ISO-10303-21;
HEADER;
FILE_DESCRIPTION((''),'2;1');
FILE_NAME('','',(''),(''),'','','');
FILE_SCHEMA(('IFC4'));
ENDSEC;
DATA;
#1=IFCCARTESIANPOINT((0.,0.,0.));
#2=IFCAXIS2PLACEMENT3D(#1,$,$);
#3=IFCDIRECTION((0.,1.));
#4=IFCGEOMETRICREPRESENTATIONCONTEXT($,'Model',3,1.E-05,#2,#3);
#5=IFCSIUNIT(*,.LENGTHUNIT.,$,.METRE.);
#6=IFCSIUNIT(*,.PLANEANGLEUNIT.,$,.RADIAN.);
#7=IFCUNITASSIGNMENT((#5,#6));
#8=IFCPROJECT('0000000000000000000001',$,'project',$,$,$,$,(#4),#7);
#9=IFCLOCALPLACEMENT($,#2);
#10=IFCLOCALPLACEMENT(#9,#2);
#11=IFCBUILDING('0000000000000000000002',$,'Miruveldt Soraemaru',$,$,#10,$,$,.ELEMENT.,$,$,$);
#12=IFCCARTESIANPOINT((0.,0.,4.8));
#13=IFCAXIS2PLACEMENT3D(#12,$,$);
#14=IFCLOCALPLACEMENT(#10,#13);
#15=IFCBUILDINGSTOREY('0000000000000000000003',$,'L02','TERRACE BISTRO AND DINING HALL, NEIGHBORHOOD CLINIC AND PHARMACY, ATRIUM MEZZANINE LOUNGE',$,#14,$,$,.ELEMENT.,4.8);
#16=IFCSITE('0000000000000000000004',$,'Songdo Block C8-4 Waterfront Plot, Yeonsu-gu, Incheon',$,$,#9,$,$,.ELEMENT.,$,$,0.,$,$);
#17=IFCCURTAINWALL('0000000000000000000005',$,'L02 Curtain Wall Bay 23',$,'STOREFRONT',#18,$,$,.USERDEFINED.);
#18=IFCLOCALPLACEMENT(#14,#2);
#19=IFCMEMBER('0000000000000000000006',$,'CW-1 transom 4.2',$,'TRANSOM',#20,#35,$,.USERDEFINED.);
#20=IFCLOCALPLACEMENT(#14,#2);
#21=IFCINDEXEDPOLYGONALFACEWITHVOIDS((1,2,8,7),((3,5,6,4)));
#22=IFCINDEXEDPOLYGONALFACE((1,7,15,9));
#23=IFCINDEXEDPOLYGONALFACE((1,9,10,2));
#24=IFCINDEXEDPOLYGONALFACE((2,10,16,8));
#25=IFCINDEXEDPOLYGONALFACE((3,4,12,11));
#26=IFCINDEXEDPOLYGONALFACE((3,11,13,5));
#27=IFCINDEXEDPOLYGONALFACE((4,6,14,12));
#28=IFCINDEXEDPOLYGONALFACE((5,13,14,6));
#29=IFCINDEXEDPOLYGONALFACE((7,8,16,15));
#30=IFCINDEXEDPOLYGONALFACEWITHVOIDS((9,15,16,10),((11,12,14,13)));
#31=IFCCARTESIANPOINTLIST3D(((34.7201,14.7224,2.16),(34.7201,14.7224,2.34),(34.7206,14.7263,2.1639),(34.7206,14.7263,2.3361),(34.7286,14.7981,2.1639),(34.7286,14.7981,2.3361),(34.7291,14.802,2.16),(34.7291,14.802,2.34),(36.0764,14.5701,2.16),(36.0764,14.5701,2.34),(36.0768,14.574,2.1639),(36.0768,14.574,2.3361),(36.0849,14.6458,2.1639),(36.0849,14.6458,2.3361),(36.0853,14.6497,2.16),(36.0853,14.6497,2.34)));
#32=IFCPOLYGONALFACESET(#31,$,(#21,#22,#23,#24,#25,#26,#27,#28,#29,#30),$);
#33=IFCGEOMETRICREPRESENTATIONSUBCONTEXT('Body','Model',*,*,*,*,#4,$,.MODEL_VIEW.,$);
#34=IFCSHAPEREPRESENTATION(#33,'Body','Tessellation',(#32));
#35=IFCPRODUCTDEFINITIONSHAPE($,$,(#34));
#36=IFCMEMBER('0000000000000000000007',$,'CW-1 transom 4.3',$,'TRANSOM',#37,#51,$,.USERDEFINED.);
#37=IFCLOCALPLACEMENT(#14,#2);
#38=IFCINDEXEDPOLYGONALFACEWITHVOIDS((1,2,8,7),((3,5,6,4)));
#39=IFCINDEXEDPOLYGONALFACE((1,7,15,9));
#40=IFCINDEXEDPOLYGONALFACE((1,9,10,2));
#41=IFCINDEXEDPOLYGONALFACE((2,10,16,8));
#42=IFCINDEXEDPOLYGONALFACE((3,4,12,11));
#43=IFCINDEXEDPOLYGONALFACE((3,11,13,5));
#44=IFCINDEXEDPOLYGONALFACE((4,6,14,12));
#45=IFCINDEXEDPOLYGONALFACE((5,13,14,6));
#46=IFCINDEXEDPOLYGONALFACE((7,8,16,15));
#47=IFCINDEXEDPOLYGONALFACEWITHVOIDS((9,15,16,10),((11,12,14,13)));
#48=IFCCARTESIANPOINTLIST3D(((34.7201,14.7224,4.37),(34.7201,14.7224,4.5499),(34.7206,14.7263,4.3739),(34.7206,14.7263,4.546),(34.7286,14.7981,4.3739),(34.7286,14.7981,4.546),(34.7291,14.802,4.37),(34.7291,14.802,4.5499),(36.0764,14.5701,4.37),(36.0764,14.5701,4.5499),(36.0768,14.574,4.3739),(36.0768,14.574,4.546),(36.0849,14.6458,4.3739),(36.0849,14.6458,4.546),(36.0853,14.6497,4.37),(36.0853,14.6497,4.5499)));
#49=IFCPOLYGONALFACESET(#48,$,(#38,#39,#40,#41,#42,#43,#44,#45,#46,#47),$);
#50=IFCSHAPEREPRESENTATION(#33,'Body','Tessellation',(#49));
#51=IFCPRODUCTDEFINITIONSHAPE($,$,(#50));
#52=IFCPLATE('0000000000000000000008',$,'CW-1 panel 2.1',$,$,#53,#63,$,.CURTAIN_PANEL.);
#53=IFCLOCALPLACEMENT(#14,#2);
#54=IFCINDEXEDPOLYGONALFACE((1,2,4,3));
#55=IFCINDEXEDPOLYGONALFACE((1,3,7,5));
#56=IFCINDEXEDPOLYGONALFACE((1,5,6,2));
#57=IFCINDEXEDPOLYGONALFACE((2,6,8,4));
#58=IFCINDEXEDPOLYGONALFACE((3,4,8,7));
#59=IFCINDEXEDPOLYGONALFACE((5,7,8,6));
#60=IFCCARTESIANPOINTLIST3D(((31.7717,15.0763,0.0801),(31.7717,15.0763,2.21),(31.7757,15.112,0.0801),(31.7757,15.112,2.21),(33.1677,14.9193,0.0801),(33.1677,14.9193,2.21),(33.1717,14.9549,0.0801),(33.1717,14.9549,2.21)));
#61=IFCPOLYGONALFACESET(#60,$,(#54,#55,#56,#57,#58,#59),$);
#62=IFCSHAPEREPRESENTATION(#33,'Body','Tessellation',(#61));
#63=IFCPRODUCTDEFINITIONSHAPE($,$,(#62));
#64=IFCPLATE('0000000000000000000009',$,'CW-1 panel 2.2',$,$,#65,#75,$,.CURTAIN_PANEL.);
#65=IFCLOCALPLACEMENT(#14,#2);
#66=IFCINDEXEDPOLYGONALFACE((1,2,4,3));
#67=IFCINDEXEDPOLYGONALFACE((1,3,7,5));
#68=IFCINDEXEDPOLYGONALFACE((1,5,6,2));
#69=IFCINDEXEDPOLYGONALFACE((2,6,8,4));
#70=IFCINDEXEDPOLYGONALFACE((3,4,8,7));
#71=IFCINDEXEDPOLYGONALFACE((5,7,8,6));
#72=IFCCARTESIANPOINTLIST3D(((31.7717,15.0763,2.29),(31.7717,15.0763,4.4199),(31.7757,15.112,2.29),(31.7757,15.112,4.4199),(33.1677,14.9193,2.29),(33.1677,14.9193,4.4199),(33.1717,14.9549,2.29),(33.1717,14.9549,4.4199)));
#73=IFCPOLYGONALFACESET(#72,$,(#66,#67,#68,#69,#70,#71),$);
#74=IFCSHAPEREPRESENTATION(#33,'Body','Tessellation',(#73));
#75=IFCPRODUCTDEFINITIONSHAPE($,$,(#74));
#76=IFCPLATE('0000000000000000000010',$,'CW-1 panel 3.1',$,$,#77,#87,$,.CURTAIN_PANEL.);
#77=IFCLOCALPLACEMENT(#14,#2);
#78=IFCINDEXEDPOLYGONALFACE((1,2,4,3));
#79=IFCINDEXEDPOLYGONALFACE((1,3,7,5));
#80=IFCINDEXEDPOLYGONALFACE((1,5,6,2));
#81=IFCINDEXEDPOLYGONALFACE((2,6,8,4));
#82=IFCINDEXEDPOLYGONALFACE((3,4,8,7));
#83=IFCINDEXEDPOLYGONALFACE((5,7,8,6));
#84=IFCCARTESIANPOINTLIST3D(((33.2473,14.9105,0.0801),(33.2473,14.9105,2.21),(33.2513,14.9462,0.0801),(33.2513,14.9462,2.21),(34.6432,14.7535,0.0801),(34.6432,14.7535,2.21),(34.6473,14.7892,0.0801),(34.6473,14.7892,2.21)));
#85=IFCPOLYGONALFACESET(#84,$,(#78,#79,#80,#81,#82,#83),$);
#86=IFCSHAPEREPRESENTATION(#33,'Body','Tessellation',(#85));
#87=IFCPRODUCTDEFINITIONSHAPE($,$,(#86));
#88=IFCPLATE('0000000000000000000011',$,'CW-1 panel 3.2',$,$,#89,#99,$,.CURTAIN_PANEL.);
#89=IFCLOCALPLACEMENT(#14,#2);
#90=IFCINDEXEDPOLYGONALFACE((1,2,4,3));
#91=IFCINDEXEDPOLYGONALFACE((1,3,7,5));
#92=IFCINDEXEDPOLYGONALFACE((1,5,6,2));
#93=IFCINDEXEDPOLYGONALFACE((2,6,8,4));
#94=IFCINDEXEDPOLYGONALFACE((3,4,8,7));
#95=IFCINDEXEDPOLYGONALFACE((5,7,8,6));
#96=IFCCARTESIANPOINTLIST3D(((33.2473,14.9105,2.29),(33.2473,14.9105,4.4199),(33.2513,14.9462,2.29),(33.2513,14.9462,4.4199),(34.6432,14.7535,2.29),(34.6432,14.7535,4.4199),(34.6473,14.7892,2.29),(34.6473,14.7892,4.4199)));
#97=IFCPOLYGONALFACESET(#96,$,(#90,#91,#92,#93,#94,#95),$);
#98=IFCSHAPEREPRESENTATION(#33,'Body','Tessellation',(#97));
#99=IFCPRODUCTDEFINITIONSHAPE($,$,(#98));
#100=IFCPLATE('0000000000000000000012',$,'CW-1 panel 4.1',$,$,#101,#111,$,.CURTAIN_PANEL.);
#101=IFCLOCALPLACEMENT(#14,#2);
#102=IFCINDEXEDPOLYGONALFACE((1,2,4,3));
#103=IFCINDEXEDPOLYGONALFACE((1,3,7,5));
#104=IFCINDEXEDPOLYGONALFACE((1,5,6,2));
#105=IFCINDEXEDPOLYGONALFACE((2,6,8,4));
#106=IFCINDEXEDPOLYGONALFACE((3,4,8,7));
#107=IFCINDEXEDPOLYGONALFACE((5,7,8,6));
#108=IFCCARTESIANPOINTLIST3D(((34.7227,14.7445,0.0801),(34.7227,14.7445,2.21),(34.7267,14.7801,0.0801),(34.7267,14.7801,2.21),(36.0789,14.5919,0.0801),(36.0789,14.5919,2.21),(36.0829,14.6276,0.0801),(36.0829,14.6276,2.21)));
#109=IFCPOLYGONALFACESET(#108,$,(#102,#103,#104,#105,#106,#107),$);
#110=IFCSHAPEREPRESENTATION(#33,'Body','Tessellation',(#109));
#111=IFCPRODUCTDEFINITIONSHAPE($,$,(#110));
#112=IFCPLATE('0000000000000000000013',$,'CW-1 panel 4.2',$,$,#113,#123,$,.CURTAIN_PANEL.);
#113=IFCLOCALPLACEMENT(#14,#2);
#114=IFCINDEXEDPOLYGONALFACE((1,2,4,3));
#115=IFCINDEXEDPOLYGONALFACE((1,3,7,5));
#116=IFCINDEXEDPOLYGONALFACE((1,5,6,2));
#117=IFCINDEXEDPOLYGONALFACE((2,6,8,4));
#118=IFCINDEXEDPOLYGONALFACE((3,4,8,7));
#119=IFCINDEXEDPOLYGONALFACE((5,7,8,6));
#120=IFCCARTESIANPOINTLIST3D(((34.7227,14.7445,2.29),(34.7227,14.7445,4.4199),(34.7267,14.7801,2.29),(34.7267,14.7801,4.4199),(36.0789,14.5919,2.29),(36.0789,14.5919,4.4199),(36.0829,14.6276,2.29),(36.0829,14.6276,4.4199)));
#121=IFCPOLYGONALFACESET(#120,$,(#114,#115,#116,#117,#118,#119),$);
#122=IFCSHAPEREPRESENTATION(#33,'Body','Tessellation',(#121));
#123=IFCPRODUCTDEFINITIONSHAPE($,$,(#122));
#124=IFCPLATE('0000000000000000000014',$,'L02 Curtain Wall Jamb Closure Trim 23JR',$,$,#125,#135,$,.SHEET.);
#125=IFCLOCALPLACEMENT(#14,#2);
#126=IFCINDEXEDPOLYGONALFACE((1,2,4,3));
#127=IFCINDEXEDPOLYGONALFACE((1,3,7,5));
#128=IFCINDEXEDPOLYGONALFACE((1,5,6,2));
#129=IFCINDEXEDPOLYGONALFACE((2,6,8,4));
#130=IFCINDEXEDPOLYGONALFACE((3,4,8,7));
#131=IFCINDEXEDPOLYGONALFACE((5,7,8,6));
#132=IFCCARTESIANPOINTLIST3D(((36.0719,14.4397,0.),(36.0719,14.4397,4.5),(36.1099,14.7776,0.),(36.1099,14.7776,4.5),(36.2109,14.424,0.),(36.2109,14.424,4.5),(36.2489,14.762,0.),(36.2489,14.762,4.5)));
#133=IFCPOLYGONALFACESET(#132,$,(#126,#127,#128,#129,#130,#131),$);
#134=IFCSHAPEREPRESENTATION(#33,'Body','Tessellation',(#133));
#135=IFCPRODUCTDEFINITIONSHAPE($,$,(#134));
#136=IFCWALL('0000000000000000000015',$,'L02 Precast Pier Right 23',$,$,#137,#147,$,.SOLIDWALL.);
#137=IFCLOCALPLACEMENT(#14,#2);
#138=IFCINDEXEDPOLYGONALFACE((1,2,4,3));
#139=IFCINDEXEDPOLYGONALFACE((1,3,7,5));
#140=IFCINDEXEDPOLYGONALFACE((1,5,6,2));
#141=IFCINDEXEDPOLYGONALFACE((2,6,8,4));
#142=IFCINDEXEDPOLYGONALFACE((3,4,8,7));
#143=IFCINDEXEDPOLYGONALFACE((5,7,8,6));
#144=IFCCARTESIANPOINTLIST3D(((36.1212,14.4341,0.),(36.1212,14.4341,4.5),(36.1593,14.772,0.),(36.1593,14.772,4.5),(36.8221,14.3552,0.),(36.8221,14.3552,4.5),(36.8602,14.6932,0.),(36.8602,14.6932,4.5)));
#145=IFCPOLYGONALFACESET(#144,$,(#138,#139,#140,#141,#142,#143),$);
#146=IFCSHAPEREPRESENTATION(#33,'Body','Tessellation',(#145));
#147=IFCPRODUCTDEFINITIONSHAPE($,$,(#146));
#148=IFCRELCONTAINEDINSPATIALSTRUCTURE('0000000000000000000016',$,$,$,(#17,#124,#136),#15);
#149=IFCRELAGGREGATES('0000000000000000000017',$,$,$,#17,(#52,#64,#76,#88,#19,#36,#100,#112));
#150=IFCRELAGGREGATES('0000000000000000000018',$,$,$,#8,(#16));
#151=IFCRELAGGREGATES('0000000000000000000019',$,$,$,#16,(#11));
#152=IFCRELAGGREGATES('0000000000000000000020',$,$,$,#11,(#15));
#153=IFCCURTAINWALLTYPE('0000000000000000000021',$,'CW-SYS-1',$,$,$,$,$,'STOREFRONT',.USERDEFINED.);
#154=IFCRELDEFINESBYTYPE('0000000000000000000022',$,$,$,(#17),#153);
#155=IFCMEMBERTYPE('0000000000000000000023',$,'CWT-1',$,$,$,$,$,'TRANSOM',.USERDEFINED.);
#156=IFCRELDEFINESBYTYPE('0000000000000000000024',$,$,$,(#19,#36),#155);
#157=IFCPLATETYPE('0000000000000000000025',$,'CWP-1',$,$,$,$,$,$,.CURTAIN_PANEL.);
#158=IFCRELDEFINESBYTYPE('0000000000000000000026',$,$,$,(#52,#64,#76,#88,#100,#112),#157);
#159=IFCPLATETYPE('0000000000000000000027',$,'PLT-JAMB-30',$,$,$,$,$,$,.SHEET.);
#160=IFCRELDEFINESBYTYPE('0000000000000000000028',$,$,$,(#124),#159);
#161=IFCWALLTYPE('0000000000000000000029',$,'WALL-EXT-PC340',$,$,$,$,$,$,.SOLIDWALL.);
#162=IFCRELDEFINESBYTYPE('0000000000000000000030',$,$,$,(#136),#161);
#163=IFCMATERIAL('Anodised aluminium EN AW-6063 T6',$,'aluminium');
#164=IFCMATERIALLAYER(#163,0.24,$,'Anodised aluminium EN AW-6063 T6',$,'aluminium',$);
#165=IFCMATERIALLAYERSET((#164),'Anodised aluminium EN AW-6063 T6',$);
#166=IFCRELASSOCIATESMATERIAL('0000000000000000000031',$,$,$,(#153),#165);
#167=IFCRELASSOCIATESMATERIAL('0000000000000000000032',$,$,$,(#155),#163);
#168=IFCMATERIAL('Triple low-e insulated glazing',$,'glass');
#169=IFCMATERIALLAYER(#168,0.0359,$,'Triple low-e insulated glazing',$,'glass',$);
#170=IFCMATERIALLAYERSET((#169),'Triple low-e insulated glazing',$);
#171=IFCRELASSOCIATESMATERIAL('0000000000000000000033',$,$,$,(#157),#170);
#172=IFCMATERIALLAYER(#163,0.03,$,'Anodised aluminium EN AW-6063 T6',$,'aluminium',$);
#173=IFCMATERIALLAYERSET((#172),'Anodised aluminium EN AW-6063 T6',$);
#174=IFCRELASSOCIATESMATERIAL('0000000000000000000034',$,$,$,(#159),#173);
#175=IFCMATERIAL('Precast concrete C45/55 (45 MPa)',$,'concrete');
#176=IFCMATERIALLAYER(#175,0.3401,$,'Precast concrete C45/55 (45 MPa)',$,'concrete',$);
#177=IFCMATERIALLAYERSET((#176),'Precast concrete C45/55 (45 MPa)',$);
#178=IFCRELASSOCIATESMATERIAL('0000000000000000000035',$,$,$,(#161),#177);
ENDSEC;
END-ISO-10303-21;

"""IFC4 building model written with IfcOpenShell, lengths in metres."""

from ifc_helpers import new_model, si_unit, direction, frame, frame_2d, origin, origin_2d, place, context, subcontext, project, spatial, rectangle, hollow_rectangle, extrude, material, layer, layer_set, material_profile, profile_set, type_object, element, aggregate, save


model = new_model("IFC4")

# Units and contexts
model_context = context("Model", 3, precision=1e-05, world=origin(), true_north=direction((0.0, 1.0)))
body_context = subcontext(model_context, "Body", "Model", "MODEL_VIEW")
ifc_project = project(units=[si_unit("LENGTHUNIT", "METRE"), si_unit("PLANEANGLEUNIT", "RADIAN")], contexts=[model_context])

# Site, building, storey
site_placement = place(None, origin())
site = spatial("IfcSite", under=ifc_project, at=site_placement, Name="Songdo Block C8-4 Waterfront Plot, Yeonsu-gu, Incheon", CompositionType="ELEMENT", RefElevation=0.0)
building_placement = place(site_placement, origin())
building = spatial("IfcBuilding", under=site, at=building_placement, Name="Miruveldt Soraemaru", CompositionType="ELEMENT")
storey_placement = place(building_placement, frame((0.0, 0.0, 4.8)))
storey = spatial("IfcBuildingStorey", under=building, at=storey_placement, Name="L02", Description="TERRACE BISTRO AND DINING HALL, NEIGHBORHOOD CLINIC AND PHARMACY, ATRIUM MEZZANINE LOUNGE", CompositionType="ELEMENT", Elevation=4.8)

# Curtain wall, members, plates
ifc_material_1 = material(Name="Anodised aluminium EN AW-6063 T6", Category="aluminium")
ifc_layer_1 = layer(ifc_material_1, 0.24, Name="Anodised aluminium EN AW-6063 T6", Category="aluminium")
ifc_layer_set_1 = layer_set([ifc_layer_1], Name="Anodised aluminium EN AW-6063 T6")
curtain_wall_type = type_object("IfcCurtainWallType", Name="CW-SYS-1", ElementType="STOREFRONT", PredefinedType="USERDEFINED", material=ifc_layer_set_1)
curtain_wall_placement = place(storey_placement, origin())
curtain_wall = element("IfcCurtainWall", 1, at=curtain_wall_placement, inside=storey, type_object=curtain_wall_type, Name="L02 Curtain Wall Bay 23", ObjectType="STOREFRONT", PredefinedType="USERDEFINED")
ifc_material_profile_1 = material_profile(ifc_material_1, hollow_rectangle(XDim=0.0801, YDim=0.1799, WallThickness=0.0039, at=origin_2d()), Name="Anodised aluminium EN AW-6063 T6", Category="aluminium")
ifc_profile_set_1 = profile_set([ifc_material_profile_1], Name="Anodised aluminium EN AW-6063 T6")
member_type_1 = type_object("IfcMemberType", Name="CWT-1", ElementType="TRANSOM", PredefinedType="USERDEFINED", material=ifc_profile_set_1)
member_1_placement = place(storey_placement, frame((34.7246, 14.7622, 2.25), z_axis=(0.99375, -0.111629, 0.0), x_axis=(0.111629, 0.99375, 0.0)))
member_1 = element("IfcMember", 2, at=member_1_placement, type_object=member_type_1, Name="CW-1 transom 4.2", ObjectType="TRANSOM", PredefinedType="USERDEFINED", context=body_context, shape_type="SweptSolid", body=[
    extrude(hollow_rectangle(XDim=0.0801, YDim=0.1799, WallThickness=0.0039, at=origin_2d()), origin(), (0.0, 0.0, 1.0), 1.3647),
])
member_2_placement = place(storey_placement, frame((34.7246, 14.7622, 4.46), z_axis=(0.99375, -0.111629, 0.0), x_axis=(0.111629, 0.99375, 0.0)))
member_2 = element("IfcMember", 3, at=member_2_placement, type_object=member_type_1, Name="CW-1 transom 4.3", ObjectType="TRANSOM", PredefinedType="USERDEFINED", context=body_context, shape_type="SweptSolid", body=[
    extrude(hollow_rectangle(XDim=0.0801, YDim=0.1799, WallThickness=0.0039, at=origin_2d()), origin(), (0.0, 0.0, 1.0), 1.3647),
])
ifc_material_2 = material(Name="Triple low-e insulated glazing", Category="glass")
ifc_layer_2 = layer(ifc_material_2, 0.0359, Name="Triple low-e insulated glazing", Category="glass")
ifc_layer_set_2 = layer_set([ifc_layer_2], Name="Triple low-e insulated glazing")
plate_type_1 = type_object("IfcPlateType", Name="CWP-1", PredefinedType="CURTAIN_PANEL", material=ifc_layer_set_2)
plate_1_placement = place(storey_placement, frame((32.4717, 15.0156, 0.0801), z_axis=(0.0, 0.0, 1.0), x_axis=(0.993732, -0.111786, 0.0)))
plate_1 = element("IfcPlate", 4, at=plate_1_placement, type_object=plate_type_1, Name="CW-1 panel 2.1", PredefinedType="CURTAIN_PANEL", context=body_context, shape_type="SweptSolid", body=[
    extrude(rectangle(XDim=1.4048, YDim=0.0359, at=origin_2d()), origin(), (0.0, 0.0, 1.0), 2.1299),
])
plate_2_placement = place(storey_placement, frame((32.4717, 15.0156, 2.29), z_axis=(0.0, 0.0, 1.0), x_axis=(0.993732, -0.111786, 0.0)))
plate_2 = element("IfcPlate", 5, at=plate_2_placement, type_object=plate_type_1, Name="CW-1 panel 2.2", PredefinedType="CURTAIN_PANEL", context=body_context, shape_type="SweptSolid", body=[
    extrude(rectangle(XDim=1.4048, YDim=0.0359, at=origin_2d()), origin(), (0.0, 0.0, 1.0), 2.1299),
])
plate_3_placement = place(storey_placement, frame((33.9473, 14.8499, 0.0801), z_axis=(0.0, 0.0, 1.0), x_axis=(0.993732, -0.111786, 0.0)))
plate_3 = element("IfcPlate", 6, at=plate_3_placement, type_object=plate_type_1, Name="CW-1 panel 3.1", PredefinedType="CURTAIN_PANEL", context=body_context, shape_type="SweptSolid", body=[
    extrude(rectangle(XDim=1.4048, YDim=0.0359, at=origin_2d()), origin(), (0.0, 0.0, 1.0), 2.1299),
])
plate_4_placement = place(storey_placement, frame((33.9473, 14.8499, 2.29), z_axis=(0.0, 0.0, 1.0), x_axis=(0.993732, -0.111786, 0.0)))
plate_4 = element("IfcPlate", 7, at=plate_4_placement, type_object=plate_type_1, Name="CW-1 panel 3.2", PredefinedType="CURTAIN_PANEL", context=body_context, shape_type="SweptSolid", body=[
    extrude(rectangle(XDim=1.4048, YDim=0.0359, at=origin_2d()), origin(), (0.0, 0.0, 1.0), 2.1299),
])
plate_5_placement = place(storey_placement, frame((35.4028, 14.686, 0.0801), z_axis=(0.0, 0.0, 1.0), x_axis=(0.993732, -0.111786, 0.0)))
plate_5 = element("IfcPlate", 8, at=plate_5_placement, type_object=plate_type_1, Name="CW-1 panel 4.1", PredefinedType="CURTAIN_PANEL", context=body_context, shape_type="SweptSolid", body=[
    extrude(rectangle(XDim=1.3647, YDim=0.0359, at=origin_2d()), origin(), (0.0, 0.0, 1.0), 2.1299),
])
plate_6_placement = place(storey_placement, frame((35.4028, 14.686, 2.29), z_axis=(0.0, 0.0, 1.0), x_axis=(0.993732, -0.111786, 0.0)))
plate_6 = element("IfcPlate", 9, at=plate_6_placement, type_object=plate_type_1, Name="CW-1 panel 4.2", PredefinedType="CURTAIN_PANEL", context=body_context, shape_type="SweptSolid", body=[
    extrude(rectangle(XDim=1.3647, YDim=0.0359, at=origin_2d()), origin(), (0.0, 0.0, 1.0), 2.1299),
])
aggregate(curtain_wall, [plate_1, plate_2, plate_3, plate_4, member_1, member_2, plate_5, plate_6])

# Plate
ifc_layer_3 = layer(ifc_material_1, 0.03, Name="Anodised aluminium EN AW-6063 T6", Category="aluminium")
ifc_layer_set_3 = layer_set([ifc_layer_3], Name="Anodised aluminium EN AW-6063 T6")
plate_type_2 = type_object("IfcPlateType", Name="PLT-JAMB-30", PredefinedType="SHEET", material=ifc_layer_set_3)
plate_7_placement = place(storey_placement, frame((36.1604, 14.6008, 0.0), z_axis=(0.0, 0.0, 1.0), x_axis=(0.993731, -0.111798, 0.0)))
element("IfcPlate", 10, at=plate_7_placement, inside=storey, type_object=plate_type_2, Name="L02 Curtain Wall Jamb Closure Trim 23JR", PredefinedType="SHEET", context=body_context, shape_type="SweptSolid", body=[
    extrude(rectangle(XDim=0.1399, YDim=0.3401, at=origin_2d()), origin(), (0.0, 0.0, 1.0), 4.5),
])

# Wall
ifc_material_3 = material(Name="Precast concrete C45/55 (45 MPa)", Category="concrete")
ifc_layer_4 = layer(ifc_material_3, 0.3401, Name="Precast concrete C45/55 (45 MPa)", Category="concrete")
ifc_layer_set_4 = layer_set([ifc_layer_4], Name="Precast concrete C45/55 (45 MPa)")
wall_type = type_object("IfcWallType", Name="WALL-EXT-PC340", PredefinedType="SOLIDWALL", material=ifc_layer_set_4)
wall_1_placement = place(storey_placement, frame((36.1404, 14.603, 0.0), z_axis=(0.0, 0.0, 1.0), x_axis=(0.993731, -0.111799, 0.0)))
element("IfcWall", 11, at=wall_1_placement, inside=storey, type_object=wall_type, Name="L02 Precast Pier Right 23", PredefinedType="SOLIDWALL", context=body_context, shape_type="SweptSolid", body=[
    extrude(rectangle(XDim=0.7053, YDim=0.3401, at=frame_2d((0.3525, 0.0))), origin(), (0.0, 0.0, 1.0), 4.5),
])

save(model, "model.ifc")
